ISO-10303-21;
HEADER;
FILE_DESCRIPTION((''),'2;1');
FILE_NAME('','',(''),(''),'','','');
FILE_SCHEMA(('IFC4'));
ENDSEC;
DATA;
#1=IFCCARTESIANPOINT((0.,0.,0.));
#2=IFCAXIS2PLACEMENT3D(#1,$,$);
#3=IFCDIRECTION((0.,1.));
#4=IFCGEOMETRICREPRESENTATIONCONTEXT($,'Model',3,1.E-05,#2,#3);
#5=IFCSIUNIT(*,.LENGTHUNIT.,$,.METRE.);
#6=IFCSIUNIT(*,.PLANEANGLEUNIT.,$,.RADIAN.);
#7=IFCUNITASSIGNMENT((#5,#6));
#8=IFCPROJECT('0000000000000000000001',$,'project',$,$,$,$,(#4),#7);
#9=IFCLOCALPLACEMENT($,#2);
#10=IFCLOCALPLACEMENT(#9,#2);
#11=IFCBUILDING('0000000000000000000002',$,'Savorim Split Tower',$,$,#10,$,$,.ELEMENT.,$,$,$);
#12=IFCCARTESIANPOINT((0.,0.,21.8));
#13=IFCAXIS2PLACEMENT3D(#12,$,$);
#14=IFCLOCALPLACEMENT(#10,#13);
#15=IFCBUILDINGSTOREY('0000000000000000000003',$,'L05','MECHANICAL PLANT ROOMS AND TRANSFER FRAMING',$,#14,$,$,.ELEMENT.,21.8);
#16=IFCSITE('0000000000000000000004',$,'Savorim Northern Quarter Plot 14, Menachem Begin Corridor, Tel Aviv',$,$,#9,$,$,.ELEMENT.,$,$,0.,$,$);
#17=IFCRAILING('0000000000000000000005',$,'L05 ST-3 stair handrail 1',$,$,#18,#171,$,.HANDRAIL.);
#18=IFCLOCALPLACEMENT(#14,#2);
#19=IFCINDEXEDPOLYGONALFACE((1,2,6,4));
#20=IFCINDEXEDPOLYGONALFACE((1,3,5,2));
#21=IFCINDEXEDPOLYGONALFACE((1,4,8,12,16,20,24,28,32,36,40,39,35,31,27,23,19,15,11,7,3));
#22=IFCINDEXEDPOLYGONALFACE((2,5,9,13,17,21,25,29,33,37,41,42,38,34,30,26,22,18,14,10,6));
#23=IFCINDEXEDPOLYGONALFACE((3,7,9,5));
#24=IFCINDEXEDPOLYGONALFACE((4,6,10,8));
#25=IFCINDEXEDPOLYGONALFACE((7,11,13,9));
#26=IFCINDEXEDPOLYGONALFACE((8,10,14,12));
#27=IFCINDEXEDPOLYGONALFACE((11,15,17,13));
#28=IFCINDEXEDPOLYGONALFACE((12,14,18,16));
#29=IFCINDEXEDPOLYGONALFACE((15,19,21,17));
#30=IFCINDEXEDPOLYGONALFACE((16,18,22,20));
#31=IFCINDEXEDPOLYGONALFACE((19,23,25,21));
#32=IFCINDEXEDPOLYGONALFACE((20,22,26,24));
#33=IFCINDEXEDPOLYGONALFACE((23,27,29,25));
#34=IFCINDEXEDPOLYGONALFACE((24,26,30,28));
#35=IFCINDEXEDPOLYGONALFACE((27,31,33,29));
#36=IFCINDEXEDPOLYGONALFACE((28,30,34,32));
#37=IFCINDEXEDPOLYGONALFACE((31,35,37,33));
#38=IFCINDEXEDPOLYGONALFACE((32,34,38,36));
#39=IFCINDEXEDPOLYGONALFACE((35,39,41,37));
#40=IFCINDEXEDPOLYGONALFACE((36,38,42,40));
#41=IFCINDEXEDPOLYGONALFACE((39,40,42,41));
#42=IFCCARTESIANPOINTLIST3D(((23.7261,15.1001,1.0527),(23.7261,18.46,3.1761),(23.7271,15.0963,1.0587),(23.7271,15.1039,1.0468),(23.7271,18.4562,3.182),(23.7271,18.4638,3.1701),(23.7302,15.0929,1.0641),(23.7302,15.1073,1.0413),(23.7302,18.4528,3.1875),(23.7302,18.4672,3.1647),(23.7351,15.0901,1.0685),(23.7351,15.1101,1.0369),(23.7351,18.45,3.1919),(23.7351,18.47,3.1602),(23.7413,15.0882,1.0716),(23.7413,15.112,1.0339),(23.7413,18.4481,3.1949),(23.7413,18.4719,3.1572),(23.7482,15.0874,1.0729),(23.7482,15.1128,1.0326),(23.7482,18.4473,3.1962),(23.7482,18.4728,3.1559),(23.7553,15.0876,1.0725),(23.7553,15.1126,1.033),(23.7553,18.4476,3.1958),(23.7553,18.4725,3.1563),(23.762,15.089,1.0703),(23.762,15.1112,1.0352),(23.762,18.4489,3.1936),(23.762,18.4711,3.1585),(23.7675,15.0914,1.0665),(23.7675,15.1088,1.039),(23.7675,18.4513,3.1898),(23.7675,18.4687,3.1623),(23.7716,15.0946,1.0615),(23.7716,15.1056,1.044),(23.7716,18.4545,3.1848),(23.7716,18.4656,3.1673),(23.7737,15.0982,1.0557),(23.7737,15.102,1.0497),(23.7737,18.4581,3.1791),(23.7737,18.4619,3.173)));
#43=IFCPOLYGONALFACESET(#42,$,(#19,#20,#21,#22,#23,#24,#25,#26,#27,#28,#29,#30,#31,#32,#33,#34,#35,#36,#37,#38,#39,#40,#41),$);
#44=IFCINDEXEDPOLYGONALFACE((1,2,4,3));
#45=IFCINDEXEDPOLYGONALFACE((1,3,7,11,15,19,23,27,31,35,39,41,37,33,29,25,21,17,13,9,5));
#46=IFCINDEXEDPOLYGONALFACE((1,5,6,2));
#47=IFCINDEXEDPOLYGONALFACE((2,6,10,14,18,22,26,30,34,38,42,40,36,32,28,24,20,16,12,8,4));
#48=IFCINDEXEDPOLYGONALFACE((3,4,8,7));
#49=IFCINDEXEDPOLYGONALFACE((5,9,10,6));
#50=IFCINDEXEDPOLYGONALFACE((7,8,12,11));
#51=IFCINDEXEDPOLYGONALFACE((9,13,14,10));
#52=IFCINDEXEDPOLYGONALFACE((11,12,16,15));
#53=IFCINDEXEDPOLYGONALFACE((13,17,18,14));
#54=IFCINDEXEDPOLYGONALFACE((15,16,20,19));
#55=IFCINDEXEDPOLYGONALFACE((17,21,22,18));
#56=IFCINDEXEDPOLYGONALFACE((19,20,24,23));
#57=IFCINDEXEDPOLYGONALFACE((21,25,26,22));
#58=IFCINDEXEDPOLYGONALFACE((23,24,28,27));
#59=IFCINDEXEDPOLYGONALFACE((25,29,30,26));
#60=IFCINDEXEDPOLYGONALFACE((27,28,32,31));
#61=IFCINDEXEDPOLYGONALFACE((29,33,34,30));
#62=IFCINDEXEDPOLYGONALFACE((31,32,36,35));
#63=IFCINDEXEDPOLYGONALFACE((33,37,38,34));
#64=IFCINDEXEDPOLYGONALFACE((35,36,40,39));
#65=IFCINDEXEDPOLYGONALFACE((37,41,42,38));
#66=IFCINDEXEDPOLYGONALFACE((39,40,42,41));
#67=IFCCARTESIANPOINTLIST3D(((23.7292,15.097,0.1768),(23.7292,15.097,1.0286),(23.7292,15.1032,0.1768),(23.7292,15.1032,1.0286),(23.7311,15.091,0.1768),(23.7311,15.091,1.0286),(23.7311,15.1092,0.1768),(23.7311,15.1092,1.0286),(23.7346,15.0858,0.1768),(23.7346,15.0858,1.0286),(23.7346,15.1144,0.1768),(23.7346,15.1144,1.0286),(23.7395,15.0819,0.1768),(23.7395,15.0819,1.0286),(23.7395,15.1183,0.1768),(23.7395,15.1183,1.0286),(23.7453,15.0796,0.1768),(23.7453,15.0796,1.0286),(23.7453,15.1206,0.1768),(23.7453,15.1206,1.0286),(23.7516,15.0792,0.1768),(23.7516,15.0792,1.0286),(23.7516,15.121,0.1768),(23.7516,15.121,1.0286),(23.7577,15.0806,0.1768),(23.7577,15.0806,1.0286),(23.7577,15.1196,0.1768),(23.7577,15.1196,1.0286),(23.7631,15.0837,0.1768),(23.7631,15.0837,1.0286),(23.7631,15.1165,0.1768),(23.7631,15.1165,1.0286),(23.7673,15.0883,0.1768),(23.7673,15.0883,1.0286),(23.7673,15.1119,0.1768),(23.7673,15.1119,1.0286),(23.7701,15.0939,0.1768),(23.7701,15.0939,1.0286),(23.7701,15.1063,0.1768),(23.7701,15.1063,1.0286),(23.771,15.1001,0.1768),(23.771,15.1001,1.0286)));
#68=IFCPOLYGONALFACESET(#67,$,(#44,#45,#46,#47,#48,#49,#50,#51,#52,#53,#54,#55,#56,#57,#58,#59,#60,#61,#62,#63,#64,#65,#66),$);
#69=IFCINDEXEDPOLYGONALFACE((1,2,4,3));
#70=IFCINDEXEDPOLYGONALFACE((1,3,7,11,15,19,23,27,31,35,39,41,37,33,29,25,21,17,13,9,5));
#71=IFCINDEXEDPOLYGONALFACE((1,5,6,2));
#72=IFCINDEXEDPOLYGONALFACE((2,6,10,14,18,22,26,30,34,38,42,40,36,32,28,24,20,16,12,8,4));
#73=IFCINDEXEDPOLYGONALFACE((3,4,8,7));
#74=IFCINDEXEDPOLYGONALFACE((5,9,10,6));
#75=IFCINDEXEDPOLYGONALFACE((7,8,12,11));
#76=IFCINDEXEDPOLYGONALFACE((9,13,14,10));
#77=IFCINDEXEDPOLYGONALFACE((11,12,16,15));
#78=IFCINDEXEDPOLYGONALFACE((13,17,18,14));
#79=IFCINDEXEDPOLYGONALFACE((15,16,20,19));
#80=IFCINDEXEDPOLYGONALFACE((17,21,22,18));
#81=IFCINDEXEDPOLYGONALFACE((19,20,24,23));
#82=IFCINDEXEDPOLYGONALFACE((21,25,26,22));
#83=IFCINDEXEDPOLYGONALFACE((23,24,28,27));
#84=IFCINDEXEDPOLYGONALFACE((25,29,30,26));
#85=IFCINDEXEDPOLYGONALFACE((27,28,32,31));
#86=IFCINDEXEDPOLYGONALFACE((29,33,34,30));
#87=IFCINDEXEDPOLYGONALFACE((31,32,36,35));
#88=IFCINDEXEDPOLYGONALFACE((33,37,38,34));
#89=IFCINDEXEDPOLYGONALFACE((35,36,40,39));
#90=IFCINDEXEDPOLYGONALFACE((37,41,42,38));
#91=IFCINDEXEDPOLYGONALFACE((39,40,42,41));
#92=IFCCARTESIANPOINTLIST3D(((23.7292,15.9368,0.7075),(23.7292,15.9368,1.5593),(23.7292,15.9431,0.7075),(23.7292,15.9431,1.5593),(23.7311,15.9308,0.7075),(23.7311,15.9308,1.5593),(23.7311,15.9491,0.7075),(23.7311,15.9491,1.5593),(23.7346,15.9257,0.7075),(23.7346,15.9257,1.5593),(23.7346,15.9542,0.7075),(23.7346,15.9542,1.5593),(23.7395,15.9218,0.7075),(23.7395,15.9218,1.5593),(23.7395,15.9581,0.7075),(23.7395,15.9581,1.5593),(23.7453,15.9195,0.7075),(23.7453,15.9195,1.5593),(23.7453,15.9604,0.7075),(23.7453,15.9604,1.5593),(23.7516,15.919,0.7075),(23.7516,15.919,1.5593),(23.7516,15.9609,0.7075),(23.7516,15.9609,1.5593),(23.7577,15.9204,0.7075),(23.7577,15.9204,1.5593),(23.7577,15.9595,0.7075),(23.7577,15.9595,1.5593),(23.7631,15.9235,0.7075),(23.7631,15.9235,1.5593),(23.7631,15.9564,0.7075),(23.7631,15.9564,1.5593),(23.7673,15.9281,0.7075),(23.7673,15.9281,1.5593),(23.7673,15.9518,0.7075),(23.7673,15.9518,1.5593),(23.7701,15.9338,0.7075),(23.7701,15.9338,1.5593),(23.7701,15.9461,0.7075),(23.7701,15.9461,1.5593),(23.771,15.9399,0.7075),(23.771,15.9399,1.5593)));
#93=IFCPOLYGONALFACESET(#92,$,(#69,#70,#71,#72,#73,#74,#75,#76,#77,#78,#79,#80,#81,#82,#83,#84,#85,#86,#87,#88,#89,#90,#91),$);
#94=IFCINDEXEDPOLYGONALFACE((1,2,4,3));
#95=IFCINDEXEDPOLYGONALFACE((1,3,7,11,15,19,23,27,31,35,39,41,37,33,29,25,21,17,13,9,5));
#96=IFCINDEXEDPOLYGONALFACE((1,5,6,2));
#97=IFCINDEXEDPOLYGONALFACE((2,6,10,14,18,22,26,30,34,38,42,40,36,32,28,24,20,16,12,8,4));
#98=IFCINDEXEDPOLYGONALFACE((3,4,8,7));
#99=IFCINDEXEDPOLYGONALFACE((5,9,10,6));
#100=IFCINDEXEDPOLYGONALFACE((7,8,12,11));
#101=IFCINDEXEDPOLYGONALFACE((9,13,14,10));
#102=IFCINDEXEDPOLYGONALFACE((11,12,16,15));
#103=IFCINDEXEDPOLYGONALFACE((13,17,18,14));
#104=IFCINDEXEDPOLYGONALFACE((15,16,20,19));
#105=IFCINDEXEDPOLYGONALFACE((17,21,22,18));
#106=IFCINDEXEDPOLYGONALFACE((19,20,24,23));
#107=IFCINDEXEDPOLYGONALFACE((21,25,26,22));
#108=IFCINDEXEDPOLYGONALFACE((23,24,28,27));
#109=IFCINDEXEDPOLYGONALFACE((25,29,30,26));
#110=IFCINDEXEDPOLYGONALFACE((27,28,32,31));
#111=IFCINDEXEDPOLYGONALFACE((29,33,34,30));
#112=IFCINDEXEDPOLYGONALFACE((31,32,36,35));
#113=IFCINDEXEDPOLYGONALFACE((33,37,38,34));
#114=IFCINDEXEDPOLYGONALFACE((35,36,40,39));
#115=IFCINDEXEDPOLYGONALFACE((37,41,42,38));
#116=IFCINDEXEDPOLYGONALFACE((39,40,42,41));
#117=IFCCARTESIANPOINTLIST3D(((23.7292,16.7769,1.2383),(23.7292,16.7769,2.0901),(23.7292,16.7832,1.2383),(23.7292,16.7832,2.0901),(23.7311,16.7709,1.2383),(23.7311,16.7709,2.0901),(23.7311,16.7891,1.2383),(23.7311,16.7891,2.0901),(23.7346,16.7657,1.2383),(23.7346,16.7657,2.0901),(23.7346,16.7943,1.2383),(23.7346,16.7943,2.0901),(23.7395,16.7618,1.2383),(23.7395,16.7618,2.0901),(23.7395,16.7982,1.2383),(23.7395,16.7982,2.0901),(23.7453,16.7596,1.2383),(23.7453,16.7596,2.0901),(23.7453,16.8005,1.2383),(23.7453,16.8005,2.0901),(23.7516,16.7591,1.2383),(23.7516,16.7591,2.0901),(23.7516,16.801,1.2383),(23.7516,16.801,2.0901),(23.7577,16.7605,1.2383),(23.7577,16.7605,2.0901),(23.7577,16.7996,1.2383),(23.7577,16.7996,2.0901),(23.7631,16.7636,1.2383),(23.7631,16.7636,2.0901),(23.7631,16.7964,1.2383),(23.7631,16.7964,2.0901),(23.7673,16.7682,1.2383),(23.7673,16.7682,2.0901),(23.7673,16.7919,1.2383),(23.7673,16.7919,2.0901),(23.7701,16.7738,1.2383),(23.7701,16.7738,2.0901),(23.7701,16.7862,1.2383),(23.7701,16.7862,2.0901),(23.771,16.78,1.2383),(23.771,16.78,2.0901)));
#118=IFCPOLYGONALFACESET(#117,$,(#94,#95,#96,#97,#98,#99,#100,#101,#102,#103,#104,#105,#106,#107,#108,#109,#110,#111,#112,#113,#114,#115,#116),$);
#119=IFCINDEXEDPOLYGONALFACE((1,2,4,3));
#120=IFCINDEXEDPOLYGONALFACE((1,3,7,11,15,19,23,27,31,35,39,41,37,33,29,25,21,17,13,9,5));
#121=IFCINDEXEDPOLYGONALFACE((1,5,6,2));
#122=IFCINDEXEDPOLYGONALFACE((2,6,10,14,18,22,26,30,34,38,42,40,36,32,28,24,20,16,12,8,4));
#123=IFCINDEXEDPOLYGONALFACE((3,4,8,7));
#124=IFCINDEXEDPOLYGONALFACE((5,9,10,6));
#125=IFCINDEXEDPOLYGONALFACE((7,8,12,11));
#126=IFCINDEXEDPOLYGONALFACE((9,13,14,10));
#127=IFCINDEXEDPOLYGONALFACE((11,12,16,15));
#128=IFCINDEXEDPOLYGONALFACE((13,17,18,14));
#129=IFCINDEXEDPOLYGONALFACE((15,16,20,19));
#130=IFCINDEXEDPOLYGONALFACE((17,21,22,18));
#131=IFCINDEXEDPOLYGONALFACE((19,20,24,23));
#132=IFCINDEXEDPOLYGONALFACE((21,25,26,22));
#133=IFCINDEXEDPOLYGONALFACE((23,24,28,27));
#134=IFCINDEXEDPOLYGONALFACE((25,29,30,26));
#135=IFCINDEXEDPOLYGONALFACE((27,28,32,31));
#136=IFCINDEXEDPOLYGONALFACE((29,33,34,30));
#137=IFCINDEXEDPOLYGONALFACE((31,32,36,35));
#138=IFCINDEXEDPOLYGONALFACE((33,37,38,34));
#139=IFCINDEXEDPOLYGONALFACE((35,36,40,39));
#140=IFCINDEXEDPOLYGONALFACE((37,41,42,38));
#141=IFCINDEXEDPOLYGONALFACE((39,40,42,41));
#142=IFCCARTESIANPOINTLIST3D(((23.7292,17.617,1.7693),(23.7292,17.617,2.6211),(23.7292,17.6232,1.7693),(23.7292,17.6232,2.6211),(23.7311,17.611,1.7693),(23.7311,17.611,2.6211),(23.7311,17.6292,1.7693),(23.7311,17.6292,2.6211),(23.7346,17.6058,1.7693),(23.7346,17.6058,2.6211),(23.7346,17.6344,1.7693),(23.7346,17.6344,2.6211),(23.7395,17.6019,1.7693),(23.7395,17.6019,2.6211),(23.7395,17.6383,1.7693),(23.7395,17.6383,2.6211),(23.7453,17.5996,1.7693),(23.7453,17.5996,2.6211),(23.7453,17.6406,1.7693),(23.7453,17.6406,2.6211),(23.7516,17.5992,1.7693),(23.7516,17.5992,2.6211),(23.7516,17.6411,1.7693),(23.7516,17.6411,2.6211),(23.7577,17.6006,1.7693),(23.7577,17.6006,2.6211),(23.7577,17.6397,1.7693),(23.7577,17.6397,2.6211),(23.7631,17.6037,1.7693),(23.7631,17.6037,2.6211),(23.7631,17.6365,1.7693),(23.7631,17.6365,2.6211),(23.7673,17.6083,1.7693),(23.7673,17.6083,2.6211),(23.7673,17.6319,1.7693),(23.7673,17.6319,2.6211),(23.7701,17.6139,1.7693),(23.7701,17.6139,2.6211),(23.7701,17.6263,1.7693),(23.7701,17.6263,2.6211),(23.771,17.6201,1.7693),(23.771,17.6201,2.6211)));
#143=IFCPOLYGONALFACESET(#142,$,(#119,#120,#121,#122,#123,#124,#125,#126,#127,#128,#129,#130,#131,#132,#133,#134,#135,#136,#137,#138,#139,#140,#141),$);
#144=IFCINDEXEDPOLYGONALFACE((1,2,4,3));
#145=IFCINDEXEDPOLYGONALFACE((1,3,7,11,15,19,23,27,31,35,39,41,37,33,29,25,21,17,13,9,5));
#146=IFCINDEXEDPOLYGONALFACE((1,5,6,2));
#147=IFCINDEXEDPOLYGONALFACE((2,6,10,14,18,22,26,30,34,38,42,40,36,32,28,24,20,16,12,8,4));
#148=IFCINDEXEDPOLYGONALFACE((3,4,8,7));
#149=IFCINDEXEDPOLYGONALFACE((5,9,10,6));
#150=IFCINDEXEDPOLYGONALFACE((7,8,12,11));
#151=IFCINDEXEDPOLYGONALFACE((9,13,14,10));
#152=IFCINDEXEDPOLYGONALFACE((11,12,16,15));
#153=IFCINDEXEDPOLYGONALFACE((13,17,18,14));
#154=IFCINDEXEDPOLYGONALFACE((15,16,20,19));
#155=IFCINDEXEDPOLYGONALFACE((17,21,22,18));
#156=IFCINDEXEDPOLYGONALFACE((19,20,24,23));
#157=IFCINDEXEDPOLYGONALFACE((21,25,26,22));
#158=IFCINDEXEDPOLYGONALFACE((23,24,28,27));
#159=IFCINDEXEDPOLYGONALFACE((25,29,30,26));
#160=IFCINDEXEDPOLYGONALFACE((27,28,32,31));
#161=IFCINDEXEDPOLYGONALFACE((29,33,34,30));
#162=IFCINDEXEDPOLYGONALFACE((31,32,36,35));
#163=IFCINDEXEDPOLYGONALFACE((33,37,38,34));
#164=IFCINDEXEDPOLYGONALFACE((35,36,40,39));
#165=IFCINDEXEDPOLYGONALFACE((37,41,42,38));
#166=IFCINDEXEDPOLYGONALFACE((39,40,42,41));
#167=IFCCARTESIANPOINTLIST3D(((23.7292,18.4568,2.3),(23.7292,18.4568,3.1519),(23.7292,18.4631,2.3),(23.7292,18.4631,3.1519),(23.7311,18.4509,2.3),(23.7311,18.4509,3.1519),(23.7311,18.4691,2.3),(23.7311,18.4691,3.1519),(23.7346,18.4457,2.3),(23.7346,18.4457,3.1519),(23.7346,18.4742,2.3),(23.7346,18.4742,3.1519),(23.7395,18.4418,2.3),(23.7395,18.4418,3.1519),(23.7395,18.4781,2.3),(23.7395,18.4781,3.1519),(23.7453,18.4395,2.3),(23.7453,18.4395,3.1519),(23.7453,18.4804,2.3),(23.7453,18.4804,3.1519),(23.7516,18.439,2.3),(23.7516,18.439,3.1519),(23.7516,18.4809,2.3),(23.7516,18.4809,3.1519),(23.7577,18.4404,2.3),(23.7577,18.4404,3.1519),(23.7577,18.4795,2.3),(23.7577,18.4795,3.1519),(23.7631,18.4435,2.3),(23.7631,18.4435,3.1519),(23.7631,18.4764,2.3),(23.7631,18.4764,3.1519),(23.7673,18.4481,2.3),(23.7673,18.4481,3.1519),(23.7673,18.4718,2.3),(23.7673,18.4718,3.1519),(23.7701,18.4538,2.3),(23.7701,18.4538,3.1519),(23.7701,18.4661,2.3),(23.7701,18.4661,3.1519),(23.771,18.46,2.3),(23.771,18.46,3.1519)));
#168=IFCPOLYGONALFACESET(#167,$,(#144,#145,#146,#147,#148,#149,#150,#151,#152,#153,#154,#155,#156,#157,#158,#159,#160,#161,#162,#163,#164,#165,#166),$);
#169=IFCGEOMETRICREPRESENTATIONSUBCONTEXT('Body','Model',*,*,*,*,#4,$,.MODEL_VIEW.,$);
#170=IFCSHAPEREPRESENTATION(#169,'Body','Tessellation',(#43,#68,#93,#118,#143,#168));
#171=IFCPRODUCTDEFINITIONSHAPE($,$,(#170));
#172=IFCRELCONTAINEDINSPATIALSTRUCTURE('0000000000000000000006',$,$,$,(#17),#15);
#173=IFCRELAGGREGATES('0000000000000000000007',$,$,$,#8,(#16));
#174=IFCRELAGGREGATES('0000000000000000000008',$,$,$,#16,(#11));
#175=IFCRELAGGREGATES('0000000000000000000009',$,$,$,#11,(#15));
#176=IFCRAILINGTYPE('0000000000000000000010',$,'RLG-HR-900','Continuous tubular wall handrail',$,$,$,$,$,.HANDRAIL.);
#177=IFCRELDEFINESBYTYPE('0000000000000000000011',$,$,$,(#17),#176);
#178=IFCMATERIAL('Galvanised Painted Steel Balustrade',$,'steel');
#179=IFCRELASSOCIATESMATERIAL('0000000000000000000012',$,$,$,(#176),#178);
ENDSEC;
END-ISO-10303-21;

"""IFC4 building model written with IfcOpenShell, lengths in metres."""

from ifc_helpers import new_model, si_unit, direction, frame, origin, origin_2d, place, context, subcontext, project, spatial, circle, extrude, material, type_object, element, save


model = new_model("IFC4")

# Units and contexts
model_context = context("Model", 3, precision=1e-05, world=origin(), true_north=direction((0.0, 1.0)))
body_context = subcontext(model_context, "Body", "Model", "MODEL_VIEW")
ifc_project = project(units=[si_unit("LENGTHUNIT", "METRE"), si_unit("PLANEANGLEUNIT", "RADIAN")], contexts=[model_context])

# Site, building, storey
site_placement = place(None, origin())
site = spatial("IfcSite", under=ifc_project, at=site_placement, Name="Savorim Northern Quarter Plot 14, Menachem Begin Corridor, Tel Aviv", CompositionType="ELEMENT", RefElevation=0.0)
building_placement = place(site_placement, origin())
building = spatial("IfcBuilding", under=site, at=building_placement, Name="Savorim Split Tower", CompositionType="ELEMENT")
storey_placement = place(building_placement, frame((0.0, 0.0, 21.8)))
storey = spatial("IfcBuildingStorey", under=building, at=storey_placement, Name="L05", Description="MECHANICAL PLANT ROOMS AND TRANSFER FRAMING", CompositionType="ELEMENT", Elevation=21.8)

# Railing
ifc_material_1 = material(Name="Galvanised Painted Steel Balustrade", Category="steel")
railing_type_1 = type_object("IfcRailingType", Name="RLG-HR-900", Description="Continuous tubular wall handrail", PredefinedType="HANDRAIL", material=ifc_material_1)
railing_1_placement = place(storey_placement, frame((23.75, 15.1001, 0.1768)))
element("IfcRailing", 1, at=railing_1_placement, inside=storey, type_object=railing_type_1, Name="L05 ST-3 stair handrail 1", PredefinedType="HANDRAIL", context=body_context, shape_type="SweptSolid", body=[
    extrude(circle(Radius=0.0239, at=origin_2d()), frame((0.0, 0.0, 0.876), z_axis=(0.0, 0.845344, 0.534222), x_axis=(-1.0, 0.0, 0.0)), (0.0, 0.0, 1.0), 3.9746),
    extrude(circle(Radius=0.021, at=origin_2d()), origin(), (0.0, 0.0, 1.0), 0.8518),
    extrude(circle(Radius=0.021, at=origin_2d()), frame((0.0, 0.8398, 0.5308)), (0.0, 0.0, 1.0), 0.8518),
    extrude(circle(Radius=0.021, at=origin_2d()), frame((0.0, 1.6799, 1.0615)), (0.0, 0.0, 1.0), 0.8518),
    extrude(circle(Radius=0.021, at=origin_2d()), frame((0.0, 2.52, 1.5925)), (0.0, 0.0, 1.0), 0.8518),
    extrude(circle(Radius=0.021, at=origin_2d()), frame((0.0, 3.3599, 2.1233)), (0.0, 0.0, 1.0), 0.8518),
])

save(model, "model.ifc")
